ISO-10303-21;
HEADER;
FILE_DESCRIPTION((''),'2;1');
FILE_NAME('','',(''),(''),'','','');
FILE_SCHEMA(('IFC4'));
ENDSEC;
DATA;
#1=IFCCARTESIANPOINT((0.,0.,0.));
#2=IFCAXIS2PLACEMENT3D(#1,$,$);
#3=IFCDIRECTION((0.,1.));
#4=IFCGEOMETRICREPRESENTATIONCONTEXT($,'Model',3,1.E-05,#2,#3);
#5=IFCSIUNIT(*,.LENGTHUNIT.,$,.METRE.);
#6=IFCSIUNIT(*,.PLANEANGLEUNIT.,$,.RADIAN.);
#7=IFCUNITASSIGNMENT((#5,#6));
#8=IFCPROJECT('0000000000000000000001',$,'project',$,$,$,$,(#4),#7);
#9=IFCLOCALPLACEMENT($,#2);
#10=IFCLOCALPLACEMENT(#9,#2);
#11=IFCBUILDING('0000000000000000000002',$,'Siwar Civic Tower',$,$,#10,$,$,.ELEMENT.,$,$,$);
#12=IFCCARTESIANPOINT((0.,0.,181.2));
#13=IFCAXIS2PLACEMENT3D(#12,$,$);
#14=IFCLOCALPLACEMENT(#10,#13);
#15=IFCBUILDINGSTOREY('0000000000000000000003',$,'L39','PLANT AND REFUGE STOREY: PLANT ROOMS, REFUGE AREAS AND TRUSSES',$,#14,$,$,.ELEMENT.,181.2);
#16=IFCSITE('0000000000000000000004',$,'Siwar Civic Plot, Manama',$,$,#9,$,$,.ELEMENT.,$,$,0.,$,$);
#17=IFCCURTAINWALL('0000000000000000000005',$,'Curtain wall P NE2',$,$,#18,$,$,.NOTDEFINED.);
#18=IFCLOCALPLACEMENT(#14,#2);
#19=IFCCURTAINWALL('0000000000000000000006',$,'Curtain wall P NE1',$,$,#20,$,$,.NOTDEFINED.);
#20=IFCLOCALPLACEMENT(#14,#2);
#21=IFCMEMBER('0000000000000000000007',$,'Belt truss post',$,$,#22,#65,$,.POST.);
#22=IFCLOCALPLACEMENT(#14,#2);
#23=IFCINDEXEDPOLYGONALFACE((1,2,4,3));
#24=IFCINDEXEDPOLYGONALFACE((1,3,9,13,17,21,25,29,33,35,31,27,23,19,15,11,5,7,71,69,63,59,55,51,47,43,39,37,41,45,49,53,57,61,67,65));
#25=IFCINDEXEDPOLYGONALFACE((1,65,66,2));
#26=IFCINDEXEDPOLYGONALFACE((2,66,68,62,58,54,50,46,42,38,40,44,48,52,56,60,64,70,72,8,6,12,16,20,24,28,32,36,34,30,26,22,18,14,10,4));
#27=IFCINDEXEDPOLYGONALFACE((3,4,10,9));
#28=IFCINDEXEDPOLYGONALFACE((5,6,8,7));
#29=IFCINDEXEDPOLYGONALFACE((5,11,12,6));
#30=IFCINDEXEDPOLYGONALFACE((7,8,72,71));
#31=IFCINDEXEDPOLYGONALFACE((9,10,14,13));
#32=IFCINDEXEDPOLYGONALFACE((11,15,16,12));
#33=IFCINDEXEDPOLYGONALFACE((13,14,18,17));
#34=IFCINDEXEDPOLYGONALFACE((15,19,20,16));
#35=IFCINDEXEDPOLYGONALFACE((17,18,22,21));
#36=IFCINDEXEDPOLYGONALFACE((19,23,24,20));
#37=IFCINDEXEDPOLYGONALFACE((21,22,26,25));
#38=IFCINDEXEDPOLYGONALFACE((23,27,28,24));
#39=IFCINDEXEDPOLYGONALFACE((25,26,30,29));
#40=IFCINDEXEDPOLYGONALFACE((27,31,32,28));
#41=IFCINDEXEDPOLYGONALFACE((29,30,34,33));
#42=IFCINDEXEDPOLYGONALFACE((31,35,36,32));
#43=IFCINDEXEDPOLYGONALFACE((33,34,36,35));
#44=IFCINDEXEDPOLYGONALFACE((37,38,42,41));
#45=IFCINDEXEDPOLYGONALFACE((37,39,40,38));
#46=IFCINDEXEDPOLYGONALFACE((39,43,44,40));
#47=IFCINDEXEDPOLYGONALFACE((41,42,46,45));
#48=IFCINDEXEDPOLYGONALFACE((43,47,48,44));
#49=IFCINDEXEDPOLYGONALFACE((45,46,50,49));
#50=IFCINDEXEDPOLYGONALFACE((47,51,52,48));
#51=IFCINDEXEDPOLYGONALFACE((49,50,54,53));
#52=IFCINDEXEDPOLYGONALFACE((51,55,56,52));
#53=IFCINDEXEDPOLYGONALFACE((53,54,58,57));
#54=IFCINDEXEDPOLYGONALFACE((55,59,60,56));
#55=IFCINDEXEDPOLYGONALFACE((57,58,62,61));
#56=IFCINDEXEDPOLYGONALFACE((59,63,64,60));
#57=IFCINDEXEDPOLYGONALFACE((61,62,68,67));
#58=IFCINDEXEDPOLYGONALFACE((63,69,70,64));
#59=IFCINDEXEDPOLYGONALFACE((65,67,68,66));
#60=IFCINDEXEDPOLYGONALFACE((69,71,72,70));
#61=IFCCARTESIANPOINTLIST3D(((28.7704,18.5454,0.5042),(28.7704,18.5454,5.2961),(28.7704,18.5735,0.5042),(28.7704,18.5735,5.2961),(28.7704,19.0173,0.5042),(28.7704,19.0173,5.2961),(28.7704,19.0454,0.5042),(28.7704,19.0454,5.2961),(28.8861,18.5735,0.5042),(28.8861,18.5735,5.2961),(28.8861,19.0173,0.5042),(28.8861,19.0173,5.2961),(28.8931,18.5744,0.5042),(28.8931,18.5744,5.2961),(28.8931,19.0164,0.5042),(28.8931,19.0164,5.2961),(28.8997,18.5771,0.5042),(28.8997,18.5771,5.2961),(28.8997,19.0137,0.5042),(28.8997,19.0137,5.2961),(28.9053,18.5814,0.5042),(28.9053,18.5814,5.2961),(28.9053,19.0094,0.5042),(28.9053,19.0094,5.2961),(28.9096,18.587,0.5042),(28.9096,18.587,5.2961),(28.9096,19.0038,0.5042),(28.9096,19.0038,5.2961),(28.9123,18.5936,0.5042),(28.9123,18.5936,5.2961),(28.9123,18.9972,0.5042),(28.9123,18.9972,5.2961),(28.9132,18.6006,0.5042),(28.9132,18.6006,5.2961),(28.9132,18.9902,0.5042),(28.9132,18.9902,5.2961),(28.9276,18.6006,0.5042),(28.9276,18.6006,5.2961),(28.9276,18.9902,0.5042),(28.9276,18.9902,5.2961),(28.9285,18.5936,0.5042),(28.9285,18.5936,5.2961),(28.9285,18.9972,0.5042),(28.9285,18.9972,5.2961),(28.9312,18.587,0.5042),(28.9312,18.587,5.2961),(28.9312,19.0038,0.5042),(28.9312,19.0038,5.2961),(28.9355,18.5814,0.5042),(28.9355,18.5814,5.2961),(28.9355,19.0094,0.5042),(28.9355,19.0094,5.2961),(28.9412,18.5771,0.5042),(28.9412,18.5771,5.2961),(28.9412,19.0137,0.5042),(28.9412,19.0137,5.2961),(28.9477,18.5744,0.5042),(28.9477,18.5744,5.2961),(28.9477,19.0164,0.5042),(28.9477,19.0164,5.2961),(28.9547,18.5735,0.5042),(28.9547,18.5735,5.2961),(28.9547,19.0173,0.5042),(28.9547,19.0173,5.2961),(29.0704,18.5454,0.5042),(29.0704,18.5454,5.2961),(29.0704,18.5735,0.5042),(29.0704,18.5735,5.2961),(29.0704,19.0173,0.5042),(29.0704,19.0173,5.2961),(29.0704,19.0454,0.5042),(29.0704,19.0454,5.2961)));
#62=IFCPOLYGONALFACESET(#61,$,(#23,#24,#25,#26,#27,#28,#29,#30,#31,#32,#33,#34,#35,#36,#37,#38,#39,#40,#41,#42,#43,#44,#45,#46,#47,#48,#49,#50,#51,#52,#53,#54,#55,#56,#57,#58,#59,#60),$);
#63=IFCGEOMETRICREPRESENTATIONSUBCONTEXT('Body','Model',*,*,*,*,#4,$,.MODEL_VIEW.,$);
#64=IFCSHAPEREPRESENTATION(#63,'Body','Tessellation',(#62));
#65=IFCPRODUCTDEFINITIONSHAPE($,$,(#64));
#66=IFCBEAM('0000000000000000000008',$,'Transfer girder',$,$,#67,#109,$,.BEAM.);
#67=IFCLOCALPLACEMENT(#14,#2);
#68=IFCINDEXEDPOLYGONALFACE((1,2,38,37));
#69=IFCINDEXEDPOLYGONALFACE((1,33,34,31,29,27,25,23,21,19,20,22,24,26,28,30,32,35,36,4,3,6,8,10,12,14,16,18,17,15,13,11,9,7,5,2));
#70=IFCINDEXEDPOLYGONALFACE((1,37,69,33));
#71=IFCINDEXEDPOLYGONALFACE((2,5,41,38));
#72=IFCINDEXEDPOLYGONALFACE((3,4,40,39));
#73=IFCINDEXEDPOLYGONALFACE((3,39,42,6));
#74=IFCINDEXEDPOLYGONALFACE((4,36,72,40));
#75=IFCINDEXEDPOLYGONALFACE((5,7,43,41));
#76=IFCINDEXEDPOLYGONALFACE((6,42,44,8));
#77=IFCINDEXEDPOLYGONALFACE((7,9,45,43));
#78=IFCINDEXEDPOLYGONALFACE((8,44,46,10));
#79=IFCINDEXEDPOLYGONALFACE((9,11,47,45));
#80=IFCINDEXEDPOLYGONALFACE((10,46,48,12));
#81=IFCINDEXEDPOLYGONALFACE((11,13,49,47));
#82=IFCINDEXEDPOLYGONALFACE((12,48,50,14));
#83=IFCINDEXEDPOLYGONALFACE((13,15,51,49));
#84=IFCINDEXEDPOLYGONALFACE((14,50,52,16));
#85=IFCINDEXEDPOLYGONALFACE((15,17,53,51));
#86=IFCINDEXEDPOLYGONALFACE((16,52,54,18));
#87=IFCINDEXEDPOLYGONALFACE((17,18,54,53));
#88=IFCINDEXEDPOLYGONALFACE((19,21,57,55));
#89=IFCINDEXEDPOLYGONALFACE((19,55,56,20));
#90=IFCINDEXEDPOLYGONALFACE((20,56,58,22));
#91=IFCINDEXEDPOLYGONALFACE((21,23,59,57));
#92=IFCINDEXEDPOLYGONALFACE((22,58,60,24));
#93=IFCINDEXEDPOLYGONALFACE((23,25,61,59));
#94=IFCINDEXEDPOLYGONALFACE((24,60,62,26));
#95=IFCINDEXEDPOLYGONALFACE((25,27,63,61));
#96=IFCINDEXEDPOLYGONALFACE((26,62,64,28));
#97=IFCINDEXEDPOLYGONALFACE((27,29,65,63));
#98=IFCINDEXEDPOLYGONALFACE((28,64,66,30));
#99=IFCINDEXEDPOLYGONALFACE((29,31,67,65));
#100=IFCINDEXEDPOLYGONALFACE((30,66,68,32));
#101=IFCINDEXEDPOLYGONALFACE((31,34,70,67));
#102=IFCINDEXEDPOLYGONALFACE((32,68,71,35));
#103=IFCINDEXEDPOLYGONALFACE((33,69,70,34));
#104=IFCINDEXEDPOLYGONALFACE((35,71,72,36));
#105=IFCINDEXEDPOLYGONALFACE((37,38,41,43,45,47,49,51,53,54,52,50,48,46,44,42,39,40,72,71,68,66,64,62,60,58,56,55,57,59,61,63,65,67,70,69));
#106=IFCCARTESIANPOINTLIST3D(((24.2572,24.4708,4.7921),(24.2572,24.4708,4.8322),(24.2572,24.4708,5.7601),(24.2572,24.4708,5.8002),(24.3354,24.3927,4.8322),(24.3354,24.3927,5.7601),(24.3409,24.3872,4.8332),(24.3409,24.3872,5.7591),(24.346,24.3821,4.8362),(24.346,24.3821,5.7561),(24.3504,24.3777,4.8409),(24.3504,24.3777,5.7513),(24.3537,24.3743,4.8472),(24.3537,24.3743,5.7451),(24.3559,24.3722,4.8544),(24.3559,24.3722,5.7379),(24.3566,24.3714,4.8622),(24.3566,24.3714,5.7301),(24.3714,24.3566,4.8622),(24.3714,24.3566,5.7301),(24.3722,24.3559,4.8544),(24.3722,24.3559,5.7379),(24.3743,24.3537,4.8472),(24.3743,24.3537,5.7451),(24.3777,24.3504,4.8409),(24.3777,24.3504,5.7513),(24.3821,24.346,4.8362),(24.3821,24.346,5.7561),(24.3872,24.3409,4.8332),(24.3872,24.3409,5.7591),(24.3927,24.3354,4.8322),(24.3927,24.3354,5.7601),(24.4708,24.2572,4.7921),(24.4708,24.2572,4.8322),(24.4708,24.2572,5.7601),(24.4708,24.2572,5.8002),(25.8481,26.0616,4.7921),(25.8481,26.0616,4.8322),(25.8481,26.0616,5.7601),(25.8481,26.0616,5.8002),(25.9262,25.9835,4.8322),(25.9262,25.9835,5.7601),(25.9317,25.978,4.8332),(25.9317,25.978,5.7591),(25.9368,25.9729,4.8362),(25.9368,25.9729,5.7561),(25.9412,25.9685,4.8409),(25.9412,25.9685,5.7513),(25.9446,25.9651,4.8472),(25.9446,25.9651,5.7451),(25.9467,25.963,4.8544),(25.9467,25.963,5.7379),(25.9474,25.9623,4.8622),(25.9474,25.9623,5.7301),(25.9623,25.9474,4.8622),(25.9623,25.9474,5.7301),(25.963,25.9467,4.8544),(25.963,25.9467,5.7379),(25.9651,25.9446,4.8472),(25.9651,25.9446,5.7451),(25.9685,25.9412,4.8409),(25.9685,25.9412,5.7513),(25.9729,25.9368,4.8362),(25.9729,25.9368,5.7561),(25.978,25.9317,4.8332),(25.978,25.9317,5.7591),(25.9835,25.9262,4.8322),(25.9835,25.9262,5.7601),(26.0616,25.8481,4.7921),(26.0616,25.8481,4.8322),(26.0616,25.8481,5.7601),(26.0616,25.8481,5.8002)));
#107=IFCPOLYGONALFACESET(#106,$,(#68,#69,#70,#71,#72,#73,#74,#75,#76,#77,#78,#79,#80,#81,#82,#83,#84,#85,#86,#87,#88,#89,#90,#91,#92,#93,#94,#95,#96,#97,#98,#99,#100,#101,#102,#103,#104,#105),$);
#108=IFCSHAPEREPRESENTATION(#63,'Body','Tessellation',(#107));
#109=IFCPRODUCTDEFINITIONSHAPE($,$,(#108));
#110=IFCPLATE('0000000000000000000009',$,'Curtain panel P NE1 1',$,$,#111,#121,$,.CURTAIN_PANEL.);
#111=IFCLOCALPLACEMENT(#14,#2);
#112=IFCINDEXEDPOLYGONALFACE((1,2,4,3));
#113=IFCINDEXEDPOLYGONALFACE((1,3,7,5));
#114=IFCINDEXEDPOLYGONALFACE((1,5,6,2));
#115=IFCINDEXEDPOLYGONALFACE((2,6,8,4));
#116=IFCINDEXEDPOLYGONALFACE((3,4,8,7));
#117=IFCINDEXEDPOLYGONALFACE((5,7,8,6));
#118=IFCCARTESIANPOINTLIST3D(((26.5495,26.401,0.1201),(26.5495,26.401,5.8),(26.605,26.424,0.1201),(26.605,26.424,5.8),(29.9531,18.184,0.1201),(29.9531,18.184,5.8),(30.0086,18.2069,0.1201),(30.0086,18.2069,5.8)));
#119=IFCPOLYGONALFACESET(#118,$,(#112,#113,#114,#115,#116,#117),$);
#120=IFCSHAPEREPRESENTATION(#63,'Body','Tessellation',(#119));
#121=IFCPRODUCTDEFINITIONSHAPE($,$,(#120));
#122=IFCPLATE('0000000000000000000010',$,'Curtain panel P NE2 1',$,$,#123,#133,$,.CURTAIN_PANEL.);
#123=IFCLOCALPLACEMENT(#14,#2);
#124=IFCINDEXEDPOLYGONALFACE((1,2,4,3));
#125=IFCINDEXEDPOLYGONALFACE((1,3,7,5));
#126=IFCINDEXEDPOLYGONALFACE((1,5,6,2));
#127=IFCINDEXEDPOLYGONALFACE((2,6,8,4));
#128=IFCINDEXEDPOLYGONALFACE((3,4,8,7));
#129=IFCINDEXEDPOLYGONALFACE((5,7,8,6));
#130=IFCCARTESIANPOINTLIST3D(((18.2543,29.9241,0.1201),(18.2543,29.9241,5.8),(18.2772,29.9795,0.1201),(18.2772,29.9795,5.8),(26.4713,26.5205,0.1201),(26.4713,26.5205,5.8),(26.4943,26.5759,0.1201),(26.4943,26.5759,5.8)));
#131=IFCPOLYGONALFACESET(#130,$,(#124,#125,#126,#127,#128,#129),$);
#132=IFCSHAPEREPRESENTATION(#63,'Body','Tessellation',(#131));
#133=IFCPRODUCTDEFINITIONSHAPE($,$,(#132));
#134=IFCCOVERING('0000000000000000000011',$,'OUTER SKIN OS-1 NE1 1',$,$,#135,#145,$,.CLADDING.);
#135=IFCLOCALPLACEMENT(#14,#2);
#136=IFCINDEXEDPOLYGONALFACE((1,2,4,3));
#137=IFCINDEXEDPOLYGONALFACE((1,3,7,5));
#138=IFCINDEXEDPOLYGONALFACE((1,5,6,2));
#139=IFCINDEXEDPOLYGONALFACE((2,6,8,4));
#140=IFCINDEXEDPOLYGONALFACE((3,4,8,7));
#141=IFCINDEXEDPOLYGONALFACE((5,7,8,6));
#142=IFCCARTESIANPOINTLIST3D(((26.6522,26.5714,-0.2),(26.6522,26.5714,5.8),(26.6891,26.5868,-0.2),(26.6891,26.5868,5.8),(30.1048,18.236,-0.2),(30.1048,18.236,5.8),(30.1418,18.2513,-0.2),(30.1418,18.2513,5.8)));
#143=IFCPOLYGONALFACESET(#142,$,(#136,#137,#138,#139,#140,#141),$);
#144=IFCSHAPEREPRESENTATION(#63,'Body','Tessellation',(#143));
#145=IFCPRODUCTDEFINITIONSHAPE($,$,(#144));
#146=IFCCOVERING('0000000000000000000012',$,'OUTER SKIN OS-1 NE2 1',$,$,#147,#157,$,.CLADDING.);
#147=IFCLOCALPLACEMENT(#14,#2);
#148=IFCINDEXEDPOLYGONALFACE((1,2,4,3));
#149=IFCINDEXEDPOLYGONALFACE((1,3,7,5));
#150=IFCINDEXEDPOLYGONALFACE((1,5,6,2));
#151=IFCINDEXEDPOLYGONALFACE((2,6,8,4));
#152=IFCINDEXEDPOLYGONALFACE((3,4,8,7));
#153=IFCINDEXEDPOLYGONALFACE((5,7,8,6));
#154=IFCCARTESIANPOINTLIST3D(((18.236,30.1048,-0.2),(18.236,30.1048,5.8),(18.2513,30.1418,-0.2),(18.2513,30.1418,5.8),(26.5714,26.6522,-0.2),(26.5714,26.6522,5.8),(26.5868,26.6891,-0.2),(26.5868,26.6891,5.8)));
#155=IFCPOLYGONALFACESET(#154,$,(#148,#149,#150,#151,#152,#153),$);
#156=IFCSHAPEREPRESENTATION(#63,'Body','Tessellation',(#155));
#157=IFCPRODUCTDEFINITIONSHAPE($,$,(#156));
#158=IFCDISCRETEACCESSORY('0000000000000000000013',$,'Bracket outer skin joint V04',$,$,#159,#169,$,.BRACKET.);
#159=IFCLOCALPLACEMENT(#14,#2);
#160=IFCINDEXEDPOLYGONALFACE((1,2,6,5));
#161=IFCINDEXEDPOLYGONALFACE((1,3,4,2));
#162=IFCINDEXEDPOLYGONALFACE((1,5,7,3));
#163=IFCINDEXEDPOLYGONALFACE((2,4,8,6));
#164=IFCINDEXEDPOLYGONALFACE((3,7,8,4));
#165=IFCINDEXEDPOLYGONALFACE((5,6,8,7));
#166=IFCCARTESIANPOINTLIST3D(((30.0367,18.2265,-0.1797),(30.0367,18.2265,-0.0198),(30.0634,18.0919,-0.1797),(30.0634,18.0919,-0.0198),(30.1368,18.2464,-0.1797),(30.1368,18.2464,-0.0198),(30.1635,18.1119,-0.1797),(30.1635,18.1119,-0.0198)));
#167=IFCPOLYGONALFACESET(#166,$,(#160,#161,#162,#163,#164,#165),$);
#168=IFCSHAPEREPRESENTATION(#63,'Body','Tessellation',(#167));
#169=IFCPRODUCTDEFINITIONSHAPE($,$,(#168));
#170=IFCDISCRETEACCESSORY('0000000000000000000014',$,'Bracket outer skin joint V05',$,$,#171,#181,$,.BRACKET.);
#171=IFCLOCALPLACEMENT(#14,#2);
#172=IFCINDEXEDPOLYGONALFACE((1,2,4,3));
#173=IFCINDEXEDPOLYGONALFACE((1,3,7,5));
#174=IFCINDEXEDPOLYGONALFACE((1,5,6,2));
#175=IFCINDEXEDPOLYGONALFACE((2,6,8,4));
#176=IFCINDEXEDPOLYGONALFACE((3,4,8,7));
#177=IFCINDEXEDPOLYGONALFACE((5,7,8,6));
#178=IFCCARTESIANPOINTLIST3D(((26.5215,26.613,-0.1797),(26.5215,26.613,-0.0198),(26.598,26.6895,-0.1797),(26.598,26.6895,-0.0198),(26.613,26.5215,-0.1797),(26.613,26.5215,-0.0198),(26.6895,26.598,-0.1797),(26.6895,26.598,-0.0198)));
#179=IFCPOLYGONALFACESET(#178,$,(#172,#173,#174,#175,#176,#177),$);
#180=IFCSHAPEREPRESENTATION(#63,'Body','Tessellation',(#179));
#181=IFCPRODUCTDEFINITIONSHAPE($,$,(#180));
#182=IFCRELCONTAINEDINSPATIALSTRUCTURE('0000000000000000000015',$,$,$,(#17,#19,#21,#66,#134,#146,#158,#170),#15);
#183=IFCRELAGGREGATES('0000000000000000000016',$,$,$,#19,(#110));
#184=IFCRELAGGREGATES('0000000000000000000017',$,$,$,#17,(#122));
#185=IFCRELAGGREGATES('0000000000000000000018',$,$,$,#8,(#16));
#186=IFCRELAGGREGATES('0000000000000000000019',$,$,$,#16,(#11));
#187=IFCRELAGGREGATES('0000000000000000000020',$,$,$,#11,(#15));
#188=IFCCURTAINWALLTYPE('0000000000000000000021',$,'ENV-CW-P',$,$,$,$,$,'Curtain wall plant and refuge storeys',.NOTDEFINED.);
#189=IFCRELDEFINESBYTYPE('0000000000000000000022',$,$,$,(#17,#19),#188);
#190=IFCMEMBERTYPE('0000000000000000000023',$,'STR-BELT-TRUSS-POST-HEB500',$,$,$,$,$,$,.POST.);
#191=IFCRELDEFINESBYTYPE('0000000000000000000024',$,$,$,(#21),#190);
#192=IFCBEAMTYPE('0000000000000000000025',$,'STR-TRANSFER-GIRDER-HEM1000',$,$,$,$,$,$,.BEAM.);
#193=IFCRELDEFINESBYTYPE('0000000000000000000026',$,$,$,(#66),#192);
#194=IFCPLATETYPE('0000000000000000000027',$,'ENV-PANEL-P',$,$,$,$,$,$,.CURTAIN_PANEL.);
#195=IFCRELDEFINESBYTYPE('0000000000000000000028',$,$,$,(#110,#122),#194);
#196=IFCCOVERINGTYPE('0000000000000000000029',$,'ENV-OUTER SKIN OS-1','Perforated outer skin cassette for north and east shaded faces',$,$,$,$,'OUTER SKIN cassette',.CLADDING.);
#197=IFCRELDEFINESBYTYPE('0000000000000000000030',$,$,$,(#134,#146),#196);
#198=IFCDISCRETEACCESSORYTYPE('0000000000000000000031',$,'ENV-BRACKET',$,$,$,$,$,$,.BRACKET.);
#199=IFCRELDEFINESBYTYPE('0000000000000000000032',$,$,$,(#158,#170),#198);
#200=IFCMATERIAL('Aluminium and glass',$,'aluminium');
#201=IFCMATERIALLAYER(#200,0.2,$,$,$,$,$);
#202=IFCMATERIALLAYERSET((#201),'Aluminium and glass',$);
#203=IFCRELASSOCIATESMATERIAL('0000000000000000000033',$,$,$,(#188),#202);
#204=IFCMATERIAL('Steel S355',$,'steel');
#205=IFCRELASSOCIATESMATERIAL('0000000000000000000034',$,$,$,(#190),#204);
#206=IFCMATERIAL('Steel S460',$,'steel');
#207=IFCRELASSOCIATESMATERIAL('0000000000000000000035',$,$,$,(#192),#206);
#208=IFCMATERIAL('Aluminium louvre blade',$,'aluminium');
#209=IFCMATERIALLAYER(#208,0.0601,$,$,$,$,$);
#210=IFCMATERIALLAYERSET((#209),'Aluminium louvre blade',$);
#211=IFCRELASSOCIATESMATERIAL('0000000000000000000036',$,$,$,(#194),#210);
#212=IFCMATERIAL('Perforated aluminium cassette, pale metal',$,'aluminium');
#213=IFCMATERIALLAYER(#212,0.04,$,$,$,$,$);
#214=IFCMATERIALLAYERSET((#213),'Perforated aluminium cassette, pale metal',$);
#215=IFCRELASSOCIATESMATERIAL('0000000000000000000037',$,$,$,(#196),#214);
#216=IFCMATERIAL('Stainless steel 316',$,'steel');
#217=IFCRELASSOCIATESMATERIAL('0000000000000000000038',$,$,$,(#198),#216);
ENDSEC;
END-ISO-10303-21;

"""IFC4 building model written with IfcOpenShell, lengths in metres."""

from ifc_helpers import new_model, si_unit, direction, frame, origin, origin_2d, place, context, subcontext, project, spatial, rectangle, i_section, extrude, material, layer, layer_set, material_profile, profile_set, type_object, element, aggregate, save


model = new_model("IFC4")

# Units and contexts
model_context = context("Model", 3, precision=1e-05, world=origin(), true_north=direction((0.0, 1.0)))
body_context = subcontext(model_context, "Body", "Model", "MODEL_VIEW")
ifc_project = project(units=[si_unit("LENGTHUNIT", "METRE"), si_unit("PLANEANGLEUNIT", "RADIAN")], contexts=[model_context])

# Site, building, storey
site_placement = place(None, origin())
site = spatial("IfcSite", under=ifc_project, at=site_placement, Name="Siwar Civic Plot, Manama", CompositionType="ELEMENT", RefElevation=0.0)
building_placement = place(site_placement, origin())
building = spatial("IfcBuilding", under=site, at=building_placement, Name="Siwar Civic Tower", CompositionType="ELEMENT")
storey_placement = place(building_placement, frame((0.0, 0.0, 181.2)))
storey = spatial("IfcBuildingStorey", under=building, at=storey_placement, Name="L39", Description="PLANT AND REFUGE STOREY: PLANT ROOMS, REFUGE AREAS AND TRUSSES", CompositionType="ELEMENT", Elevation=181.2)

# Curtain walls
ifc_material_1 = material(Name="Aluminium and glass", Category="aluminium")
ifc_layer_1 = layer(ifc_material_1, 0.2)
ifc_layer_set_1 = layer_set([ifc_layer_1], Name="Aluminium and glass")
curtain_wall_type = type_object("IfcCurtainWallType", Name="ENV-CW-P", ElementType="Curtain wall plant and refuge storeys", PredefinedType="NOTDEFINED", material=ifc_layer_set_1)
curtain_wall_1_placement = place(storey_placement, origin())
curtain_wall_1 = element("IfcCurtainWall", 1, at=curtain_wall_1_placement, inside=storey, type_object=curtain_wall_type, Name="Curtain wall P NE2", PredefinedType="NOTDEFINED")
curtain_wall_2_placement = place(storey_placement, origin())
curtain_wall_2 = element("IfcCurtainWall", 2, at=curtain_wall_2_placement, inside=storey, type_object=curtain_wall_type, Name="Curtain wall P NE1", PredefinedType="NOTDEFINED")

# Member
ifc_material_2 = material(Name="Steel S355", Category="steel")
ifc_material_profile_1 = material_profile(ifc_material_2, i_section(OverallWidth=0.3, OverallDepth=0.5, WebThickness=0.0144, FlangeThickness=0.0281, FilletRadius=0.0271, at=origin_2d()), Name="HEB500")
ifc_profile_set_1 = profile_set([ifc_material_profile_1], Name="Steel S355")
member_type_1 = type_object("IfcMemberType", Name="STR-BELT-TRUSS-POST-HEB500", PredefinedType="POST", material=ifc_profile_set_1)
for number, where, z_axis, x_axis, name in (
    (3, (28.9204, 18.7954, 0.5042), (0.0, 0.0, 1.0), (1.0, 0.0, 0.0), "Belt truss post"),
):
    element("IfcMember", number, at=place(storey_placement, frame(where, z_axis=z_axis, x_axis=x_axis)), inside=storey, type_object=member_type_1, Name=name, PredefinedType="POST", context=body_context, shape_type="SweptSolid", body=[
        extrude(i_section(OverallWidth=0.3, OverallDepth=0.5, WebThickness=0.0144, FlangeThickness=0.0281, FilletRadius=0.0271, at=origin_2d()), origin(), (0.0, 0.0, 1.0), 4.792),
    ])

# Beam
ifc_material_3 = material(Name="Steel S460", Category="steel")
ifc_material_profile_2 = material_profile(ifc_material_3, i_section(OverallWidth=0.302, OverallDepth=1.0081, WebThickness=0.021, FlangeThickness=0.04, FilletRadius=0.03, at=origin_2d()), Name="HEM1000")
ifc_profile_set_2 = profile_set([ifc_material_profile_2], Name="Steel S460")
beam_type_1 = type_object("IfcBeamType", Name="STR-TRANSFER-GIRDER-HEM1000", PredefinedType="BEAM", material=ifc_profile_set_2)
beam_placement = place(storey_placement, frame((24.364, 24.364, 5.2961), z_axis=(0.707107, 0.707107, 0.0), x_axis=(-0.707107, 0.707107, 0.0)))
element("IfcBeam", 4, at=beam_placement, inside=storey, type_object=beam_type_1, Name="Transfer girder", PredefinedType="BEAM", context=body_context, shape_type="SweptSolid", body=[
    extrude(i_section(OverallWidth=0.302, OverallDepth=1.0081, WebThickness=0.021, FlangeThickness=0.04, FilletRadius=0.03, at=origin_2d()), origin(), (0.0, 0.0, 1.0), 2.2498),
])

# Plates
ifc_material_4 = material(Name="Aluminium louvre blade", Category="aluminium")
ifc_layer_2 = layer(ifc_material_4, 0.0601)
ifc_layer_set_2 = layer_set([ifc_layer_2], Name="Aluminium louvre blade")
plate_type = type_object("IfcPlateType", Name="ENV-PANEL-P", PredefinedType="CURTAIN_PANEL", material=ifc_layer_set_2)
plate_1_placement = place(storey_placement, frame((28.2791, 22.304, 0.1201), z_axis=(0.0, 0.0, 1.0), x_axis=(-0.382683, 0.92388, 0.0)))
plate_1 = element("IfcPlate", 5, at=plate_1_placement, type_object=plate_type, Name="Curtain panel P NE1 1", PredefinedType="CURTAIN_PANEL", context=body_context, shape_type="SweptSolid", body=[
    extrude(rectangle(XDim=8.894, YDim=0.0601, at=origin_2d()), origin(), (0.0, 0.0, 1.0), 5.6799),
])
aggregate(curtain_wall_2, [plate_1])
plate_2_placement = place(storey_placement, frame((22.3743, 28.25, 0.1201), z_axis=(0.0, 0.0, 1.0), x_axis=(-0.92388, 0.382683, 0.0)))
plate_2 = element("IfcPlate", 6, at=plate_2_placement, type_object=plate_type, Name="Curtain panel P NE2 1", PredefinedType="CURTAIN_PANEL", context=body_context, shape_type="SweptSolid", body=[
    extrude(rectangle(XDim=8.894, YDim=0.0601, at=origin_2d()), origin(), (0.0, 0.0, 1.0), 5.6799),
])
aggregate(curtain_wall_1, [plate_2])

# Coverings
ifc_material_5 = material(Name="Perforated aluminium cassette, pale metal", Category="aluminium")
ifc_layer_3 = layer(ifc_material_5, 0.04)
ifc_layer_set_3 = layer_set([ifc_layer_3], Name="Perforated aluminium cassette, pale metal")
covering_type = type_object("IfcCoveringType", Name="ENV-OUTER SKIN OS-1", Description="Perforated outer skin cassette for north and east shaded faces", ElementType="OUTER SKIN cassette", PredefinedType="CLADDING", material=ifc_layer_set_3)
for number, where, z_axis, x_axis, name in (
    (7, (28.397, 22.4114, -0.2), (0.0, 0.0, 1.0), (-0.382683, 0.92388, 0.0), "OUTER SKIN OS-1 NE1 1"),
    (8, (22.4114, 28.397, -0.2), (0.0, 0.0, 1.0), (-0.92388, 0.382683, 0.0), "OUTER SKIN OS-1 NE2 1"),
):
    element("IfcCovering", number, at=place(storey_placement, frame(where, z_axis=z_axis, x_axis=x_axis)), inside=storey, type_object=covering_type, Name=name, PredefinedType="CLADDING", context=body_context, shape_type="SweptSolid", body=[
        extrude(rectangle(XDim=9.0222, YDim=0.04, at=origin_2d()), origin(), (0.0, 0.0, 1.0), 6.0),
    ])

# Discrete accessories
ifc_material_6 = material(Name="Stainless steel 316", Category="steel")
discrete_accessory_type_1 = type_object("IfcDiscreteAccessoryType", Name="ENV-BRACKET", PredefinedType="BRACKET", material=ifc_material_6)
discrete_accessory_1_placement = place(storey_placement, frame((30.1001, 18.1692, -0.1797), z_axis=(0.0, 0.0, 1.0), x_axis=(0.980785, 0.19509, 0.0)))
element("IfcDiscreteAccessory", 9, at=discrete_accessory_1_placement, inside=storey, type_object=discrete_accessory_type_1, Name="Bracket outer skin joint V04", PredefinedType="BRACKET", context=body_context, shape_type="SweptSolid", body=[
    extrude(rectangle(XDim=0.1021, YDim=0.1372, at=origin_2d()), origin(), (0.0, 0.0, 1.0), 0.1599),
])
discrete_accessory_2_placement = place(storey_placement, frame((26.6055, 26.6055, -0.1797), z_axis=(0.0, 0.0, 1.0), x_axis=(0.707107, 0.707107, 0.0)))
element("IfcDiscreteAccessory", 10, at=discrete_accessory_2_placement, inside=storey, type_object=discrete_accessory_type_1, Name="Bracket outer skin joint V05", PredefinedType="BRACKET", context=body_context, shape_type="SweptSolid", body=[
    extrude(rectangle(XDim=0.1082, YDim=0.1294, at=origin_2d()), origin(), (0.0, 0.0, 1.0), 0.1599),
])

save(model, "model.ifc")
